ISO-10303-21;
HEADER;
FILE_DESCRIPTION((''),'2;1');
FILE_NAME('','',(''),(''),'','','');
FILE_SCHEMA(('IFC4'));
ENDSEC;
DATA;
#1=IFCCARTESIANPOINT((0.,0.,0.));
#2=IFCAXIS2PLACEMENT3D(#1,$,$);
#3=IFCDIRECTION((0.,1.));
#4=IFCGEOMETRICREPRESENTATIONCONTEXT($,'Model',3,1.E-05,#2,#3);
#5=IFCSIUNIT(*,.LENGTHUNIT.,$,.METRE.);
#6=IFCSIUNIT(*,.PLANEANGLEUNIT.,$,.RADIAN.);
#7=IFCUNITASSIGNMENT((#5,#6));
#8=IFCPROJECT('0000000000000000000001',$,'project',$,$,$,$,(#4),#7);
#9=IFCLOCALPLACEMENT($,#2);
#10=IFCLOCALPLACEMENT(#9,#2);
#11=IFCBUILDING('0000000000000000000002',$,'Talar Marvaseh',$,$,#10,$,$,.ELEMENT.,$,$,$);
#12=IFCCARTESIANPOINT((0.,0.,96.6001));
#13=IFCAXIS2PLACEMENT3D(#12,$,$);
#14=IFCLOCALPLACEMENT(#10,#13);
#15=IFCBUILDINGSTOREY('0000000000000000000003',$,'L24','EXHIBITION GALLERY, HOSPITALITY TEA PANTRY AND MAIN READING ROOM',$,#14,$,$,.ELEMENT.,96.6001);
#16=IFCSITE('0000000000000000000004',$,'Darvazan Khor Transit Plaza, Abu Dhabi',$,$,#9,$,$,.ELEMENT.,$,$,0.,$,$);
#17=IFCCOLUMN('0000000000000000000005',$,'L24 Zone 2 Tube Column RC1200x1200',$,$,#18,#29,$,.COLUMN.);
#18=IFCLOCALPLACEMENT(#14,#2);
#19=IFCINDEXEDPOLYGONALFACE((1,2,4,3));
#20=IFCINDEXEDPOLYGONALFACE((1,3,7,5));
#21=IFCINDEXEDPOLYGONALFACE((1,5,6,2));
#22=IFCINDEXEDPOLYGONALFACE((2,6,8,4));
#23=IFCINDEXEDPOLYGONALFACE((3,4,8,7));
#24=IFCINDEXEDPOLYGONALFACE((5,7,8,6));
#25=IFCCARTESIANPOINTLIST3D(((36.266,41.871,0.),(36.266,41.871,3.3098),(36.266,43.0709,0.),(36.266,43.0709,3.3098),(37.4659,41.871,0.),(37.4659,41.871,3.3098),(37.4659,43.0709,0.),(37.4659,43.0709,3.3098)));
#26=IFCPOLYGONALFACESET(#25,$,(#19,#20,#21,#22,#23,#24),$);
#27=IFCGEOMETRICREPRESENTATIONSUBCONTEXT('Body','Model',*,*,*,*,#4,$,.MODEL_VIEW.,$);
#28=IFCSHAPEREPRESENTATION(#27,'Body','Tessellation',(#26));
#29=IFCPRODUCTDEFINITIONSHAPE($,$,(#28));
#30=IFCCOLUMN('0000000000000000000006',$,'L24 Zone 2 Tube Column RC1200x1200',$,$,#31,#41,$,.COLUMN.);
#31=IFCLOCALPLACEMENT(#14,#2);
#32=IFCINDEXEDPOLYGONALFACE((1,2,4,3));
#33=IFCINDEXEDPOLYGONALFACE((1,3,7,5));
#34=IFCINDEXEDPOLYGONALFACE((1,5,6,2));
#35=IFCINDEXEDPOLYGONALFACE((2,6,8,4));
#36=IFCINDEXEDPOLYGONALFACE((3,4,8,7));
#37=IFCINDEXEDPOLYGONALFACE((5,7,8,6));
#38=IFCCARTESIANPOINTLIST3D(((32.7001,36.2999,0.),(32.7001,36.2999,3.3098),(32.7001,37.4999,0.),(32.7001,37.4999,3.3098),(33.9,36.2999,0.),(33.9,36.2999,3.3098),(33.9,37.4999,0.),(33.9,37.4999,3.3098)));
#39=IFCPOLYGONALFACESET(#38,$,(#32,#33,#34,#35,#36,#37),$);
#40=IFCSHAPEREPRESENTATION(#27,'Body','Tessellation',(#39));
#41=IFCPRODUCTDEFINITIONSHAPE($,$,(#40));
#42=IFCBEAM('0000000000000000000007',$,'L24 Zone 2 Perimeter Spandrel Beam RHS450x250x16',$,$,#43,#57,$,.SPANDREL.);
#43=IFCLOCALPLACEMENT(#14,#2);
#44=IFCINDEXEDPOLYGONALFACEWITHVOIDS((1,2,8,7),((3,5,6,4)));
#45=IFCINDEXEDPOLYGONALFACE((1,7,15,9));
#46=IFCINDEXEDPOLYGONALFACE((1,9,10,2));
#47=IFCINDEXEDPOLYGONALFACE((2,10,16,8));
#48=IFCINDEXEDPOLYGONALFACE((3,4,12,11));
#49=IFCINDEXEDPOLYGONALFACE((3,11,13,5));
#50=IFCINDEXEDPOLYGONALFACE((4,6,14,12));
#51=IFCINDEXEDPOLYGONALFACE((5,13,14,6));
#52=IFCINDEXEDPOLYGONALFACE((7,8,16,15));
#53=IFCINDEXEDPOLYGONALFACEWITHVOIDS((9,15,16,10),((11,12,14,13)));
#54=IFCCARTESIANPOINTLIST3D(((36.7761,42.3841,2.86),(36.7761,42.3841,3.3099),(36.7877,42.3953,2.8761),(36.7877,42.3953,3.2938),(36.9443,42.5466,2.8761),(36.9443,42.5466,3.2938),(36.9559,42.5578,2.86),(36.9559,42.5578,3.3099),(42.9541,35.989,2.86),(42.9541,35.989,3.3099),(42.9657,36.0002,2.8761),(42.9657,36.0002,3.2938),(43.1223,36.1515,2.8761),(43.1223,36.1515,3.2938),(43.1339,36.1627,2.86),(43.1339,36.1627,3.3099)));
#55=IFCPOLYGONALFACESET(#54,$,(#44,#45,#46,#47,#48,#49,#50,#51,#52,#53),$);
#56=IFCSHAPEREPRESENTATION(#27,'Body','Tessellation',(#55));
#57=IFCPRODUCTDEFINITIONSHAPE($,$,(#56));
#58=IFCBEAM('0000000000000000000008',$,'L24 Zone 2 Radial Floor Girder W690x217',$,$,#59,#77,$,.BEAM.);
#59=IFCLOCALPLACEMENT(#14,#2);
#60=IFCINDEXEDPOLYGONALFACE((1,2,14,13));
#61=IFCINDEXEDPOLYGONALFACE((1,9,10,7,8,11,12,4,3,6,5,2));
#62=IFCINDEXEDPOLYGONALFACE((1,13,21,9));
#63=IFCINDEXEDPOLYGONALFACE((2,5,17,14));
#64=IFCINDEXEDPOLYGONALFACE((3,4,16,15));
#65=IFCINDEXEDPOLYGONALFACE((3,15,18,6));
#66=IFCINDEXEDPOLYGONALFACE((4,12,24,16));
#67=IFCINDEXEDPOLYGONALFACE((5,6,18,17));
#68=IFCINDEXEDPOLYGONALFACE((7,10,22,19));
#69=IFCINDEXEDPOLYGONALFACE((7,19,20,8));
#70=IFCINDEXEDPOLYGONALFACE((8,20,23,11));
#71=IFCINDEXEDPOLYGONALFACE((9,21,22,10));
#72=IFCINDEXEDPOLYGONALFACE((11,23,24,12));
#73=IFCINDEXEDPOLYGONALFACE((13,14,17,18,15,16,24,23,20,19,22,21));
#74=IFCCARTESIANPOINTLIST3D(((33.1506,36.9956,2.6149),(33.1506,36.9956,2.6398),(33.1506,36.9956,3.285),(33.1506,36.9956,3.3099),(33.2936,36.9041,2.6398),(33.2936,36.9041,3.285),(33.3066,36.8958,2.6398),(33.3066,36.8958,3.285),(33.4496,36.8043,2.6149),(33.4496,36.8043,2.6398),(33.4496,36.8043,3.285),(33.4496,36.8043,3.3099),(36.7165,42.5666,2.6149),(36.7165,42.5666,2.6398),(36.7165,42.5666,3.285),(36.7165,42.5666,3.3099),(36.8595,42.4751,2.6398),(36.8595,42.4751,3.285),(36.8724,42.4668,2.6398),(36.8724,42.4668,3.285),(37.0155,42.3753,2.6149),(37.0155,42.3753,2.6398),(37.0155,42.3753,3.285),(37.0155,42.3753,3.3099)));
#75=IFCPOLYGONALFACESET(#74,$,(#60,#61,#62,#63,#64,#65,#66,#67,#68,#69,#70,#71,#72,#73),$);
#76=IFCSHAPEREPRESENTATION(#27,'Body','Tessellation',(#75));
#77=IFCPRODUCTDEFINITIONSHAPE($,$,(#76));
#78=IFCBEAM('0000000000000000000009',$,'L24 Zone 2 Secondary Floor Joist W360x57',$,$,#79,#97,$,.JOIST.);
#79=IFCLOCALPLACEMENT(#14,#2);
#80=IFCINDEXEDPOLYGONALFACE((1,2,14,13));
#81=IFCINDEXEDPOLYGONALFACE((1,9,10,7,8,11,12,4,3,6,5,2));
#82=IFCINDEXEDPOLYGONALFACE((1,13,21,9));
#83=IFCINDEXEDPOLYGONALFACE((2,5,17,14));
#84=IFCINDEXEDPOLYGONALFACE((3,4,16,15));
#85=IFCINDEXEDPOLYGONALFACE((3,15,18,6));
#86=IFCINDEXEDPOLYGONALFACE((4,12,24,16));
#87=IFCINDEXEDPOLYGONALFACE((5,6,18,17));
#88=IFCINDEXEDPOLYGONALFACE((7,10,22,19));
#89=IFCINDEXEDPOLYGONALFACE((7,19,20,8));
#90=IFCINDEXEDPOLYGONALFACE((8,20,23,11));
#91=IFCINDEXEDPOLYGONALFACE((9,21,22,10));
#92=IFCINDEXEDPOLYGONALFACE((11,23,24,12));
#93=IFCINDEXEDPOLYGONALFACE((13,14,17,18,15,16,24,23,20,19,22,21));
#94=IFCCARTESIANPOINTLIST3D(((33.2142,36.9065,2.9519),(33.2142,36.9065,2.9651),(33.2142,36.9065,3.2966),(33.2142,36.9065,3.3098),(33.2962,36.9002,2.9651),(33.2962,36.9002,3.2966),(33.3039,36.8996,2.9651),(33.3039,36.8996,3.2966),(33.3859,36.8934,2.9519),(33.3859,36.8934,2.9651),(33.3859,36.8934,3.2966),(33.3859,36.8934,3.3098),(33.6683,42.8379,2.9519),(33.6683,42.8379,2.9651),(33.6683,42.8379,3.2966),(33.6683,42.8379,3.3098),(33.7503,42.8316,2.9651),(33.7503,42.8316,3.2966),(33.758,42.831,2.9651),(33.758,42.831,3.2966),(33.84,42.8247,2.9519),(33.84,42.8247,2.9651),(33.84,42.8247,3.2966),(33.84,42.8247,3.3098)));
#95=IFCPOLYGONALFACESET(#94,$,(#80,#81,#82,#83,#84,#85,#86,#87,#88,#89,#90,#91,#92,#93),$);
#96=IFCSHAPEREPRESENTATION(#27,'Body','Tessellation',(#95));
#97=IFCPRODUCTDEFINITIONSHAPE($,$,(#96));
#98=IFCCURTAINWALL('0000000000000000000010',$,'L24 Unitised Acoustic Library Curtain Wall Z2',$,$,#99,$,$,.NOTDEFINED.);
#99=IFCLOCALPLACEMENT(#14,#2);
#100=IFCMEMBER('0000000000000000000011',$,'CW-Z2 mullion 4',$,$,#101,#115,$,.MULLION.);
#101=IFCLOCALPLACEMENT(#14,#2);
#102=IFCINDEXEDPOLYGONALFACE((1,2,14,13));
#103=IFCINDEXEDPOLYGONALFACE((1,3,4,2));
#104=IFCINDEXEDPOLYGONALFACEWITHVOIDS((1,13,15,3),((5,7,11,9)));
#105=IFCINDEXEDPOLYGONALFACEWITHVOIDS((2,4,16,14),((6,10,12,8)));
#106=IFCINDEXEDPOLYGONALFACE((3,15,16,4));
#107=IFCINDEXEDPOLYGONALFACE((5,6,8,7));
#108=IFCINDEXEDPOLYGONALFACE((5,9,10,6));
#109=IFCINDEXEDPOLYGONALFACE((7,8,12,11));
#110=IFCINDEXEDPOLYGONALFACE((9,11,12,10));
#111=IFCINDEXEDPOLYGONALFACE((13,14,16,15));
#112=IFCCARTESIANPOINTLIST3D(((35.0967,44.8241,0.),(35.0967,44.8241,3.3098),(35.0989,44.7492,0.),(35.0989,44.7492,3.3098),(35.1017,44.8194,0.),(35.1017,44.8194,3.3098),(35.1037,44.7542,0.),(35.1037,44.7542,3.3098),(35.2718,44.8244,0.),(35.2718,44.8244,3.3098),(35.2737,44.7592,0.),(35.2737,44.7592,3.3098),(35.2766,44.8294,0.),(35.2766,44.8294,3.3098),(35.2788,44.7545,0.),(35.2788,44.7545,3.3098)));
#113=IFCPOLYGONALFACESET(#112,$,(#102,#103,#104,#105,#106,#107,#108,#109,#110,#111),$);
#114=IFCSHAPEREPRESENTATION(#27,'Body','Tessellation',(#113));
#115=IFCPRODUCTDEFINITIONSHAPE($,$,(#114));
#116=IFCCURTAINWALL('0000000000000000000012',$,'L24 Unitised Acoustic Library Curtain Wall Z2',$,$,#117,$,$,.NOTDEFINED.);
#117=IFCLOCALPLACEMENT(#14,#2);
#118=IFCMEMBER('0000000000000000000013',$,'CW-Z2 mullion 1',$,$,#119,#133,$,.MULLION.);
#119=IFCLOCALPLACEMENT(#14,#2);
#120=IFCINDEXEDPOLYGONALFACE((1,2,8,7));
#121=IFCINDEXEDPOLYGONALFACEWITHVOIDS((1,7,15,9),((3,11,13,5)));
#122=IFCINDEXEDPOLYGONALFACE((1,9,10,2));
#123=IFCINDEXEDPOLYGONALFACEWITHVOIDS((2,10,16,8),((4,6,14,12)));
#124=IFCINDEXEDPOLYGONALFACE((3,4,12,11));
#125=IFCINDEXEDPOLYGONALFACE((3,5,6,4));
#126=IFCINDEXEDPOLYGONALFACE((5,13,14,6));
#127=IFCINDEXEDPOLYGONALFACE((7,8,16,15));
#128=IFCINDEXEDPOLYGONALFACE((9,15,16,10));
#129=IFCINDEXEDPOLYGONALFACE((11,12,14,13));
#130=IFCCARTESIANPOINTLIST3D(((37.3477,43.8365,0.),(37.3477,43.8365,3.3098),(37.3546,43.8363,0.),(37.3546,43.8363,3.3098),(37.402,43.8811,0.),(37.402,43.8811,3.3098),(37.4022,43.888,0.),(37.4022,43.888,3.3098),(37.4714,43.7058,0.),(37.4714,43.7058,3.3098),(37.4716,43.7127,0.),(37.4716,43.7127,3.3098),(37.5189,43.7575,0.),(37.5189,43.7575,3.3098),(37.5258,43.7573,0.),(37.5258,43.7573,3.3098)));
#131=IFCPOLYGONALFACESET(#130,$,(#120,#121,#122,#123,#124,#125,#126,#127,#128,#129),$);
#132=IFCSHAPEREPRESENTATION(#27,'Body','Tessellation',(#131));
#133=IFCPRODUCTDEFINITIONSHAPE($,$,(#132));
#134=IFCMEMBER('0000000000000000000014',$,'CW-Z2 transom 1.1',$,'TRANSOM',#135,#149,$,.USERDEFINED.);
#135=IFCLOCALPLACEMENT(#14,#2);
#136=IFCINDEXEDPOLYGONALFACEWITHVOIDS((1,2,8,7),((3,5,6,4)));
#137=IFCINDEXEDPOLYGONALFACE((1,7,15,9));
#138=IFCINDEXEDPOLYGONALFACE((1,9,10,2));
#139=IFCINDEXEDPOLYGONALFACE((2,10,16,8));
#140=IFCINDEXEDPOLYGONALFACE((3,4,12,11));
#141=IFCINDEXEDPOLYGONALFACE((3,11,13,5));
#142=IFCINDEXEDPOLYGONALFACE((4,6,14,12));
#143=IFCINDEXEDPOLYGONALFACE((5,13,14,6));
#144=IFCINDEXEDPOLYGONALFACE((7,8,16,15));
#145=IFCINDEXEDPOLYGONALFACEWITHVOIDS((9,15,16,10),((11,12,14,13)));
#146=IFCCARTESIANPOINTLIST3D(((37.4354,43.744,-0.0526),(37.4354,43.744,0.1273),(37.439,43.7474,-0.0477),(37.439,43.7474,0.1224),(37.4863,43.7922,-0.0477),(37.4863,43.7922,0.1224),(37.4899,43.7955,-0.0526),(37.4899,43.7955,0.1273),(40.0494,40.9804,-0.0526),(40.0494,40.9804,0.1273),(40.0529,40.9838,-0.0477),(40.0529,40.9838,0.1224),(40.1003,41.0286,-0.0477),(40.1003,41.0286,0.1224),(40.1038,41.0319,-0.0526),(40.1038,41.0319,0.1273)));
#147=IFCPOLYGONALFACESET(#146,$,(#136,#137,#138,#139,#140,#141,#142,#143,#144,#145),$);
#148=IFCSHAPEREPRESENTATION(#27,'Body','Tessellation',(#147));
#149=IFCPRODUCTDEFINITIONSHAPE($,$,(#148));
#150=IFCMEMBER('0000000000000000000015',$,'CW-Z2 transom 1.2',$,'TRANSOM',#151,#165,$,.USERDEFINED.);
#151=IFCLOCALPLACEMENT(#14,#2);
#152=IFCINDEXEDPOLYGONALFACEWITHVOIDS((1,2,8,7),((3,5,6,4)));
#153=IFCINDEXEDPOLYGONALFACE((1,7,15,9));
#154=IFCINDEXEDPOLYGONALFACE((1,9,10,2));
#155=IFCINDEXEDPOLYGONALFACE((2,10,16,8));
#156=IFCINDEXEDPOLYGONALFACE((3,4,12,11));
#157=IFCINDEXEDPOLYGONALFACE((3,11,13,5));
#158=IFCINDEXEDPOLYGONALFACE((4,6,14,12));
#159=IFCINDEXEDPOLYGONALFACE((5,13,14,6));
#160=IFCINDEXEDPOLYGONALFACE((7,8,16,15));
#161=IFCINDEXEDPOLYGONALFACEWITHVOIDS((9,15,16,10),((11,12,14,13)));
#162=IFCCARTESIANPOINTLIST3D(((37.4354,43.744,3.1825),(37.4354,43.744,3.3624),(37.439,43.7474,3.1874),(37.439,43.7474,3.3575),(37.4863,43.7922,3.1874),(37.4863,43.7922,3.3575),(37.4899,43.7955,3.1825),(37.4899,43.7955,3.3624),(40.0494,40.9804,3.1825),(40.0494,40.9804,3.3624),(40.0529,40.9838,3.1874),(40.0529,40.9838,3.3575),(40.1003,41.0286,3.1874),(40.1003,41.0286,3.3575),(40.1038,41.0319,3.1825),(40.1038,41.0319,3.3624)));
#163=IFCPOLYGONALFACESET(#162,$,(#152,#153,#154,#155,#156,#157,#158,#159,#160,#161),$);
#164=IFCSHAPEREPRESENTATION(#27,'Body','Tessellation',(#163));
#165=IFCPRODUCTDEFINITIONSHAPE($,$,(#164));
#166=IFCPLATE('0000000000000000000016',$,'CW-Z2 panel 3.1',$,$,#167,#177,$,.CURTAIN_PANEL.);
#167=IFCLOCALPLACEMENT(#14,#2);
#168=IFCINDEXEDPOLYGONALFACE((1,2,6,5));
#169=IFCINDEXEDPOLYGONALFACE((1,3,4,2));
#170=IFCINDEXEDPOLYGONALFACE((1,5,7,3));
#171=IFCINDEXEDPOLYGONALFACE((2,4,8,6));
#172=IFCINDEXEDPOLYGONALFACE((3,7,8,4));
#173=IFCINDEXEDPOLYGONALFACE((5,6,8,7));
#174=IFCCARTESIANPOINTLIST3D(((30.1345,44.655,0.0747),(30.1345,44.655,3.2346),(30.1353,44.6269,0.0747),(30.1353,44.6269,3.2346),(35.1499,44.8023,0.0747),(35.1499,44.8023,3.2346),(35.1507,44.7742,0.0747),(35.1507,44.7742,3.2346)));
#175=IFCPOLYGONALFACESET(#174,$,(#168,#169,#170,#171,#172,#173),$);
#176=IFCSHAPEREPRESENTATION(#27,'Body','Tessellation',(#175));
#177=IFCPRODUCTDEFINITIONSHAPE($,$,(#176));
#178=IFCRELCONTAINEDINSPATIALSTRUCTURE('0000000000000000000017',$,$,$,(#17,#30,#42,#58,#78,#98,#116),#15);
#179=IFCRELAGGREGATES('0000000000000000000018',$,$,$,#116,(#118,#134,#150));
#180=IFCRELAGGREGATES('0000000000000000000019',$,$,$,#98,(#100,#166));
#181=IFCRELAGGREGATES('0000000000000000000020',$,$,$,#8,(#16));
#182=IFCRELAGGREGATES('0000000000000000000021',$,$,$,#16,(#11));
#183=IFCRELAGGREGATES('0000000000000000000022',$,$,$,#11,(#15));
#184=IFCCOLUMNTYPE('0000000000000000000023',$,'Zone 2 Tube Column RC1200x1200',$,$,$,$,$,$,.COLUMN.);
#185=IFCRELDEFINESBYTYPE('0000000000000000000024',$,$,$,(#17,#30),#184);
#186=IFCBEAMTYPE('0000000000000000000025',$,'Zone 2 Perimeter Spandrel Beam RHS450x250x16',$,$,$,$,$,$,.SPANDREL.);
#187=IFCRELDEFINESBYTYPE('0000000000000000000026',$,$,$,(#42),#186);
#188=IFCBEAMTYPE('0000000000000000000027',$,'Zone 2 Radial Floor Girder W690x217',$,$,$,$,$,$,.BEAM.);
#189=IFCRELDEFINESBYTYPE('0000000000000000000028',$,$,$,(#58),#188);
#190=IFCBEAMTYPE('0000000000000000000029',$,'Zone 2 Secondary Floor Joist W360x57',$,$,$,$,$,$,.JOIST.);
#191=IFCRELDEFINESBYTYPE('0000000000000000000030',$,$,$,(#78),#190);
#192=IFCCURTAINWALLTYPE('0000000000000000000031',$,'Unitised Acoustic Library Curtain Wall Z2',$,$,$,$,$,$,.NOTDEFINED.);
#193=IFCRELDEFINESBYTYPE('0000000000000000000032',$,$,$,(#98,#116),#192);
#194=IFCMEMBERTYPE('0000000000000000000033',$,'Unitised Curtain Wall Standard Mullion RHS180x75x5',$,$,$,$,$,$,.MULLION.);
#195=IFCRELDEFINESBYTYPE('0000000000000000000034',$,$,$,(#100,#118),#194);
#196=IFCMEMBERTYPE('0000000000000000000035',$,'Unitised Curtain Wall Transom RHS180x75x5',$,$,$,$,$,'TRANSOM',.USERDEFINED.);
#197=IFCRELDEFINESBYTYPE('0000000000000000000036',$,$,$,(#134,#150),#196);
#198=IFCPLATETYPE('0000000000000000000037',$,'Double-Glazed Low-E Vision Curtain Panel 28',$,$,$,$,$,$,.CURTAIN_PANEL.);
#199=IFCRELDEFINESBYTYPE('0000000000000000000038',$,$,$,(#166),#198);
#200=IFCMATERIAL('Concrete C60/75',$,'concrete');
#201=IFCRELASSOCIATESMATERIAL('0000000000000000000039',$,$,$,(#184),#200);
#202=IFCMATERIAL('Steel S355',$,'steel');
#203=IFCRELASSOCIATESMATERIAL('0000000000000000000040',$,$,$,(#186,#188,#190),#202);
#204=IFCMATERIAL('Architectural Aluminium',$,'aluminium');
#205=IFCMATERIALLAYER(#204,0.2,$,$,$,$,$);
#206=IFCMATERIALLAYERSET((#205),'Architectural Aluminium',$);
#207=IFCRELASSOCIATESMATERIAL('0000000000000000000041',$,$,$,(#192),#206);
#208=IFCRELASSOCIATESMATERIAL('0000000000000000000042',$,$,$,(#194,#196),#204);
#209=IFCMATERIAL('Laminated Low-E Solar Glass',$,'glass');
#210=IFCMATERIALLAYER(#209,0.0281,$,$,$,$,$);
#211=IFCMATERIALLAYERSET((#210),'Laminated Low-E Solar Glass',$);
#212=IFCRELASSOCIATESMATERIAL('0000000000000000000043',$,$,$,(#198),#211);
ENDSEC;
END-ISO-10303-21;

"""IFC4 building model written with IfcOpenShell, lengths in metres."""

from ifc_helpers import new_model, si_unit, direction, frame, origin, origin_2d, place, context, subcontext, project, spatial, rectangle, hollow_rectangle, i_section, extrude, source, transform, mapped, material, layer, layer_set, material_profile, profile_set, type_object, type_shapes, element, aggregate, save


model = new_model("IFC4")

# Units and contexts
model_context = context("Model", 3, precision=1e-05, world=origin(), true_north=direction((0.0, 1.0)))
body_context = subcontext(model_context, "Body", "Model", "MODEL_VIEW")
ifc_project = project(units=[si_unit("LENGTHUNIT", "METRE"), si_unit("PLANEANGLEUNIT", "RADIAN")], contexts=[model_context])

# Site, building, storey
site_placement = place(None, origin())
site = spatial("IfcSite", under=ifc_project, at=site_placement, Name="Darvazan Khor Transit Plaza, Abu Dhabi", CompositionType="ELEMENT", RefElevation=0.0)
building_placement = place(site_placement, origin())
building = spatial("IfcBuilding", under=site, at=building_placement, Name="Talar Marvaseh", CompositionType="ELEMENT")
storey_placement = place(building_placement, frame((0.0, 0.0, 96.6001)))
storey = spatial("IfcBuildingStorey", under=building, at=storey_placement, Name="L24", Description="EXHIBITION GALLERY, HOSPITALITY TEA PANTRY AND MAIN READING ROOM", CompositionType="ELEMENT", Elevation=96.6001)

# Columns
ifc_material_1 = material(Name="Concrete C60/75", Category="concrete")
ifc_material_profile_1 = material_profile(ifc_material_1, rectangle(XDim=1.2, YDim=1.2, at=origin_2d()), Name="RC1200x1200")
ifc_profile_set_1 = profile_set([ifc_material_profile_1], Name="Concrete C60/75")
column_type = type_object("IfcColumnType", Name="Zone 2 Tube Column RC1200x1200", PredefinedType="COLUMN", material=ifc_profile_set_1)
for number, where, z_axis, x_axis, name in (
    (1, (36.866, 42.4709, 0.0), (0.0, 0.0, 1.0), (1.0, 0.0, 0.0), "L24 Zone 2 Tube Column RC1200x1200"),
    (2, (33.3, 36.8999, 0.0), (0.0, 0.0, 1.0), (1.0, 0.0, 0.0), "L24 Zone 2 Tube Column RC1200x1200"),
):
    element("IfcColumn", number, at=place(storey_placement, frame(where, z_axis=z_axis, x_axis=x_axis)), inside=storey, type_object=column_type, Name=name, PredefinedType="COLUMN", context=body_context, shape_type="SweptSolid", body=[
        extrude(rectangle(XDim=1.2, YDim=1.2, at=origin_2d()), origin(), (0.0, 0.0, 1.0), 3.3098),
    ])

# Beams
ifc_material_2 = material(Name="Steel S355", Category="steel")
ifc_material_profile_2 = material_profile(ifc_material_2, hollow_rectangle(XDim=0.25, YDim=0.45, WallThickness=0.0161, at=origin_2d()), Name="RHS450x250x16")
ifc_profile_set_2 = profile_set([ifc_material_profile_2], Name="Steel S355")
beam_type_1 = type_object("IfcBeamType", Name="Zone 2 Perimeter Spandrel Beam RHS450x250x16", PredefinedType="SPANDREL", material=ifc_profile_set_2)
beam_1_placement = place(storey_placement, frame((36.866, 42.4709, 3.085), z_axis=(0.694797, -0.719206, 0.0), x_axis=(0.719206, 0.694797, 0.0)))
element("IfcBeam", 3, at=beam_1_placement, inside=storey, type_object=beam_type_1, Name="L24 Zone 2 Perimeter Spandrel Beam RHS450x250x16", PredefinedType="SPANDREL", context=body_context, shape_type="SweptSolid", body=[
    extrude(hollow_rectangle(XDim=0.25, YDim=0.45, WallThickness=0.0161, at=origin_2d()), origin(), (0.0, 0.0, 1.0), 8.8918),
])
ifc_material_profile_3 = material_profile(ifc_material_2, i_section(OverallWidth=0.355, OverallDepth=0.6951, WebThickness=0.0154, FlangeThickness=0.0249, at=origin_2d()), Name="W690x217")
ifc_profile_set_3 = profile_set([ifc_material_profile_3], Name="Steel S355")
beam_type_2 = type_object("IfcBeamType", Name="Zone 2 Radial Floor Girder W690x217", PredefinedType="BEAM", material=ifc_profile_set_3)
beam_2_placement = place(storey_placement, frame((36.866, 42.4709, 2.9624), z_axis=(-0.539102, -0.842241, 0.0), x_axis=(0.842241, -0.539102, 0.0)))
element("IfcBeam", 4, at=beam_2_placement, inside=storey, type_object=beam_type_2, Name="L24 Zone 2 Radial Floor Girder W690x217", PredefinedType="BEAM", context=body_context, shape_type="SweptSolid", body=[
    extrude(i_section(OverallWidth=0.355, OverallDepth=0.6951, WebThickness=0.0154, FlangeThickness=0.0249, at=origin_2d()), origin(), (0.0, 0.0, 1.0), 6.6145),
])
ifc_material_profile_4 = material_profile(ifc_material_2, i_section(OverallWidth=0.1721, OverallDepth=0.3579, WebThickness=0.0078, FlangeThickness=0.0132, at=origin_2d()), Name="W360x57")
ifc_profile_set_4 = profile_set([ifc_material_profile_4], Name="Steel S355")
beam_type_3 = type_object("IfcBeamType", Name="Zone 2 Secondary Floor Joist W360x57", PredefinedType="JOIST", material=ifc_profile_set_4)
beam_3_placement = place(storey_placement, frame((33.7542, 42.8313, 3.1309), z_axis=(-0.076336, -0.997082, 0.0), x_axis=(0.997082, -0.076336, 0.0)))
element("IfcBeam", 5, at=beam_3_placement, inside=storey, type_object=beam_type_3, Name="L24 Zone 2 Secondary Floor Joist W360x57", PredefinedType="JOIST", context=body_context, shape_type="SweptSolid", body=[
    extrude(i_section(OverallWidth=0.1721, OverallDepth=0.3579, WebThickness=0.0078, FlangeThickness=0.0132, at=origin_2d()), origin(), (0.0, 0.0, 1.0), 5.9487),
])

# Curtain wall, member
ifc_material_3 = material(Name="Architectural Aluminium", Category="aluminium")
ifc_layer_1 = layer(ifc_material_3, 0.2)
ifc_layer_set_1 = layer_set([ifc_layer_1], Name="Architectural Aluminium")
curtain_wall_type = type_object("IfcCurtainWallType", Name="Unitised Acoustic Library Curtain Wall Z2", PredefinedType="NOTDEFINED", material=ifc_layer_set_1)
curtain_wall_1_placement = place(storey_placement, origin())
curtain_wall_1 = element("IfcCurtainWall", 6, at=curtain_wall_1_placement, inside=storey, type_object=curtain_wall_type, Name="L24 Unitised Acoustic Library Curtain Wall Z2", PredefinedType="NOTDEFINED")
ifc_material_profile_5 = material_profile(ifc_material_3, hollow_rectangle(XDim=0.075, YDim=0.1799, WallThickness=0.0049, at=origin_2d()), Name="RHS180x75x5")
ifc_profile_set_5 = profile_set([ifc_material_profile_5], Name="Architectural Aluminium")
member_type_1 = type_object("IfcMemberType", Name="Unitised Curtain Wall Standard Mullion RHS180x75x5", PredefinedType="MULLION", material=ifc_profile_set_5)
shared_shape_1 = source(origin(), body_context, "Body", "SweptSolid", [
    extrude(hollow_rectangle(XDim=0.075, YDim=0.1799, WallThickness=0.0049, at=origin_2d()), origin(), (0.0, 0.0, 1.0), 3.3098),
])
type_shapes(member_type_1, [shared_shape_1])
member_1_placement = place(storey_placement, frame((35.1877, 44.7893, 0.0), z_axis=(0.0, 0.0, 1.0), x_axis=(-0.029356, 0.999569, 0.0)))
member_1 = element("IfcMember", 7, at=member_1_placement, type_object=member_type_1, Name="CW-Z2 mullion 4", PredefinedType="MULLION", context=body_context, shape_type="MappedRepresentation", body=[
    mapped(shared_shape_1, transform((0.0, 0.0, 0.0), x_axis=(1.0, 0.0, 0.0), y_axis=(0.0, 1.0, 0.0), z_axis=(0.0, 0.0, 1.0), scale=1.0)),
])

# Curtain wall, members
curtain_wall_2_placement = place(storey_placement, origin())
curtain_wall_2 = element("IfcCurtainWall", 8, at=curtain_wall_2_placement, inside=storey, type_object=curtain_wall_type, Name="L24 Unitised Acoustic Library Curtain Wall Z2", PredefinedType="NOTDEFINED")
member_2_placement = place(storey_placement, frame((37.4368, 43.7969, 0.0), z_axis=(0.0, 0.0, 1.0), x_axis=(0.726521, 0.687144, 0.0)))
member_2 = element("IfcMember", 9, at=member_2_placement, type_object=member_type_1, Name="CW-Z2 mullion 1", PredefinedType="MULLION", context=body_context, shape_type="MappedRepresentation", body=[
    mapped(shared_shape_1, transform((0.0, 0.0, 0.0), x_axis=(1.0, 0.0, 0.0), y_axis=(0.0, 1.0, 0.0), z_axis=(0.0, 0.0, 1.0), scale=1.0)),
])
ifc_material_profile_6 = material_profile(ifc_material_3, hollow_rectangle(XDim=0.075, YDim=0.1799, WallThickness=0.0049, at=origin_2d()), Name="RHS180x75x5")
ifc_profile_set_6 = profile_set([ifc_material_profile_6], Name="Architectural Aluminium")
member_type_2 = type_object("IfcMemberType", Name="Unitised Curtain Wall Transom RHS180x75x5", ElementType="TRANSOM", PredefinedType="USERDEFINED", material=ifc_profile_set_6)
shared_shape_2 = source(origin(), body_context, "Body", "SweptSolid", [
    extrude(hollow_rectangle(XDim=0.075, YDim=0.1799, WallThickness=0.0049, at=origin_2d()), origin(), (0.0, 0.0, 1.0), 3.804),
])
type_shapes(member_type_2, [shared_shape_2])
member_3_placement = place(storey_placement, frame((37.4626, 43.7698, 0.0374), z_axis=(0.687162, -0.726504, 0.0), x_axis=(0.726504, 0.687162, 0.0)))
member_3 = element("IfcMember", 10, at=member_3_placement, type_object=member_type_2, Name="CW-Z2 transom 1.1", ObjectType="TRANSOM", PredefinedType="USERDEFINED", context=body_context, shape_type="MappedRepresentation", body=[
    mapped(shared_shape_2, transform((0.0, 0.0, 0.0), x_axis=(1.0, 0.0, 0.0), y_axis=(0.0, 1.0, 0.0), z_axis=(0.0, 0.0, 1.0), scale=1.0)),
])
member_4_placement = place(storey_placement, frame((37.4626, 43.7698, 3.2725), z_axis=(0.687162, -0.726504, 0.0), x_axis=(0.726504, 0.687162, 0.0)))
member_4 = element("IfcMember", 11, at=member_4_placement, type_object=member_type_2, Name="CW-Z2 transom 1.2", ObjectType="TRANSOM", PredefinedType="USERDEFINED", context=body_context, shape_type="MappedRepresentation", body=[
    mapped(shared_shape_2, transform((0.0, 0.0, 0.0), x_axis=(1.0, 0.0, 0.0), y_axis=(0.0, 1.0, 0.0), z_axis=(0.0, 0.0, 1.0), scale=1.0)),
])
aggregate(curtain_wall_2, [member_2, member_3, member_4])

# Plate
ifc_material_4 = material(Name="Laminated Low-E Solar Glass", Category="glass")
ifc_layer_2 = layer(ifc_material_4, 0.0281)
ifc_layer_set_2 = layer_set([ifc_layer_2], Name="Laminated Low-E Solar Glass")
plate_type = type_object("IfcPlateType", Name="Double-Glazed Low-E Vision Curtain Panel 28", PredefinedType="CURTAIN_PANEL", material=ifc_layer_set_2)
shared_shape_3 = source(origin(), body_context, "Body", "SweptSolid", [
    extrude(rectangle(XDim=5.0176, YDim=0.0281, at=origin_2d()), origin(), (0.0, 0.0, 1.0), 3.1599),
])
type_shapes(plate_type, [shared_shape_3])
plate_placement = place(storey_placement, frame((32.6426, 44.7146, 0.0747), z_axis=(0.0, 0.0, 1.0), x_axis=(0.999569, 0.029356, 0.0)))
plate = element("IfcPlate", 12, at=plate_placement, type_object=plate_type, Name="CW-Z2 panel 3.1", PredefinedType="CURTAIN_PANEL", context=body_context, shape_type="MappedRepresentation", body=[
    mapped(shared_shape_3, transform((0.0, 0.0, 0.0), x_axis=(1.0, 0.0, 0.0), y_axis=(0.0, 1.0, 0.0), z_axis=(0.0, 0.0, 1.0), scale=1.0)),
])
aggregate(curtain_wall_1, [member_1, plate])

save(model, "model.ifc")
